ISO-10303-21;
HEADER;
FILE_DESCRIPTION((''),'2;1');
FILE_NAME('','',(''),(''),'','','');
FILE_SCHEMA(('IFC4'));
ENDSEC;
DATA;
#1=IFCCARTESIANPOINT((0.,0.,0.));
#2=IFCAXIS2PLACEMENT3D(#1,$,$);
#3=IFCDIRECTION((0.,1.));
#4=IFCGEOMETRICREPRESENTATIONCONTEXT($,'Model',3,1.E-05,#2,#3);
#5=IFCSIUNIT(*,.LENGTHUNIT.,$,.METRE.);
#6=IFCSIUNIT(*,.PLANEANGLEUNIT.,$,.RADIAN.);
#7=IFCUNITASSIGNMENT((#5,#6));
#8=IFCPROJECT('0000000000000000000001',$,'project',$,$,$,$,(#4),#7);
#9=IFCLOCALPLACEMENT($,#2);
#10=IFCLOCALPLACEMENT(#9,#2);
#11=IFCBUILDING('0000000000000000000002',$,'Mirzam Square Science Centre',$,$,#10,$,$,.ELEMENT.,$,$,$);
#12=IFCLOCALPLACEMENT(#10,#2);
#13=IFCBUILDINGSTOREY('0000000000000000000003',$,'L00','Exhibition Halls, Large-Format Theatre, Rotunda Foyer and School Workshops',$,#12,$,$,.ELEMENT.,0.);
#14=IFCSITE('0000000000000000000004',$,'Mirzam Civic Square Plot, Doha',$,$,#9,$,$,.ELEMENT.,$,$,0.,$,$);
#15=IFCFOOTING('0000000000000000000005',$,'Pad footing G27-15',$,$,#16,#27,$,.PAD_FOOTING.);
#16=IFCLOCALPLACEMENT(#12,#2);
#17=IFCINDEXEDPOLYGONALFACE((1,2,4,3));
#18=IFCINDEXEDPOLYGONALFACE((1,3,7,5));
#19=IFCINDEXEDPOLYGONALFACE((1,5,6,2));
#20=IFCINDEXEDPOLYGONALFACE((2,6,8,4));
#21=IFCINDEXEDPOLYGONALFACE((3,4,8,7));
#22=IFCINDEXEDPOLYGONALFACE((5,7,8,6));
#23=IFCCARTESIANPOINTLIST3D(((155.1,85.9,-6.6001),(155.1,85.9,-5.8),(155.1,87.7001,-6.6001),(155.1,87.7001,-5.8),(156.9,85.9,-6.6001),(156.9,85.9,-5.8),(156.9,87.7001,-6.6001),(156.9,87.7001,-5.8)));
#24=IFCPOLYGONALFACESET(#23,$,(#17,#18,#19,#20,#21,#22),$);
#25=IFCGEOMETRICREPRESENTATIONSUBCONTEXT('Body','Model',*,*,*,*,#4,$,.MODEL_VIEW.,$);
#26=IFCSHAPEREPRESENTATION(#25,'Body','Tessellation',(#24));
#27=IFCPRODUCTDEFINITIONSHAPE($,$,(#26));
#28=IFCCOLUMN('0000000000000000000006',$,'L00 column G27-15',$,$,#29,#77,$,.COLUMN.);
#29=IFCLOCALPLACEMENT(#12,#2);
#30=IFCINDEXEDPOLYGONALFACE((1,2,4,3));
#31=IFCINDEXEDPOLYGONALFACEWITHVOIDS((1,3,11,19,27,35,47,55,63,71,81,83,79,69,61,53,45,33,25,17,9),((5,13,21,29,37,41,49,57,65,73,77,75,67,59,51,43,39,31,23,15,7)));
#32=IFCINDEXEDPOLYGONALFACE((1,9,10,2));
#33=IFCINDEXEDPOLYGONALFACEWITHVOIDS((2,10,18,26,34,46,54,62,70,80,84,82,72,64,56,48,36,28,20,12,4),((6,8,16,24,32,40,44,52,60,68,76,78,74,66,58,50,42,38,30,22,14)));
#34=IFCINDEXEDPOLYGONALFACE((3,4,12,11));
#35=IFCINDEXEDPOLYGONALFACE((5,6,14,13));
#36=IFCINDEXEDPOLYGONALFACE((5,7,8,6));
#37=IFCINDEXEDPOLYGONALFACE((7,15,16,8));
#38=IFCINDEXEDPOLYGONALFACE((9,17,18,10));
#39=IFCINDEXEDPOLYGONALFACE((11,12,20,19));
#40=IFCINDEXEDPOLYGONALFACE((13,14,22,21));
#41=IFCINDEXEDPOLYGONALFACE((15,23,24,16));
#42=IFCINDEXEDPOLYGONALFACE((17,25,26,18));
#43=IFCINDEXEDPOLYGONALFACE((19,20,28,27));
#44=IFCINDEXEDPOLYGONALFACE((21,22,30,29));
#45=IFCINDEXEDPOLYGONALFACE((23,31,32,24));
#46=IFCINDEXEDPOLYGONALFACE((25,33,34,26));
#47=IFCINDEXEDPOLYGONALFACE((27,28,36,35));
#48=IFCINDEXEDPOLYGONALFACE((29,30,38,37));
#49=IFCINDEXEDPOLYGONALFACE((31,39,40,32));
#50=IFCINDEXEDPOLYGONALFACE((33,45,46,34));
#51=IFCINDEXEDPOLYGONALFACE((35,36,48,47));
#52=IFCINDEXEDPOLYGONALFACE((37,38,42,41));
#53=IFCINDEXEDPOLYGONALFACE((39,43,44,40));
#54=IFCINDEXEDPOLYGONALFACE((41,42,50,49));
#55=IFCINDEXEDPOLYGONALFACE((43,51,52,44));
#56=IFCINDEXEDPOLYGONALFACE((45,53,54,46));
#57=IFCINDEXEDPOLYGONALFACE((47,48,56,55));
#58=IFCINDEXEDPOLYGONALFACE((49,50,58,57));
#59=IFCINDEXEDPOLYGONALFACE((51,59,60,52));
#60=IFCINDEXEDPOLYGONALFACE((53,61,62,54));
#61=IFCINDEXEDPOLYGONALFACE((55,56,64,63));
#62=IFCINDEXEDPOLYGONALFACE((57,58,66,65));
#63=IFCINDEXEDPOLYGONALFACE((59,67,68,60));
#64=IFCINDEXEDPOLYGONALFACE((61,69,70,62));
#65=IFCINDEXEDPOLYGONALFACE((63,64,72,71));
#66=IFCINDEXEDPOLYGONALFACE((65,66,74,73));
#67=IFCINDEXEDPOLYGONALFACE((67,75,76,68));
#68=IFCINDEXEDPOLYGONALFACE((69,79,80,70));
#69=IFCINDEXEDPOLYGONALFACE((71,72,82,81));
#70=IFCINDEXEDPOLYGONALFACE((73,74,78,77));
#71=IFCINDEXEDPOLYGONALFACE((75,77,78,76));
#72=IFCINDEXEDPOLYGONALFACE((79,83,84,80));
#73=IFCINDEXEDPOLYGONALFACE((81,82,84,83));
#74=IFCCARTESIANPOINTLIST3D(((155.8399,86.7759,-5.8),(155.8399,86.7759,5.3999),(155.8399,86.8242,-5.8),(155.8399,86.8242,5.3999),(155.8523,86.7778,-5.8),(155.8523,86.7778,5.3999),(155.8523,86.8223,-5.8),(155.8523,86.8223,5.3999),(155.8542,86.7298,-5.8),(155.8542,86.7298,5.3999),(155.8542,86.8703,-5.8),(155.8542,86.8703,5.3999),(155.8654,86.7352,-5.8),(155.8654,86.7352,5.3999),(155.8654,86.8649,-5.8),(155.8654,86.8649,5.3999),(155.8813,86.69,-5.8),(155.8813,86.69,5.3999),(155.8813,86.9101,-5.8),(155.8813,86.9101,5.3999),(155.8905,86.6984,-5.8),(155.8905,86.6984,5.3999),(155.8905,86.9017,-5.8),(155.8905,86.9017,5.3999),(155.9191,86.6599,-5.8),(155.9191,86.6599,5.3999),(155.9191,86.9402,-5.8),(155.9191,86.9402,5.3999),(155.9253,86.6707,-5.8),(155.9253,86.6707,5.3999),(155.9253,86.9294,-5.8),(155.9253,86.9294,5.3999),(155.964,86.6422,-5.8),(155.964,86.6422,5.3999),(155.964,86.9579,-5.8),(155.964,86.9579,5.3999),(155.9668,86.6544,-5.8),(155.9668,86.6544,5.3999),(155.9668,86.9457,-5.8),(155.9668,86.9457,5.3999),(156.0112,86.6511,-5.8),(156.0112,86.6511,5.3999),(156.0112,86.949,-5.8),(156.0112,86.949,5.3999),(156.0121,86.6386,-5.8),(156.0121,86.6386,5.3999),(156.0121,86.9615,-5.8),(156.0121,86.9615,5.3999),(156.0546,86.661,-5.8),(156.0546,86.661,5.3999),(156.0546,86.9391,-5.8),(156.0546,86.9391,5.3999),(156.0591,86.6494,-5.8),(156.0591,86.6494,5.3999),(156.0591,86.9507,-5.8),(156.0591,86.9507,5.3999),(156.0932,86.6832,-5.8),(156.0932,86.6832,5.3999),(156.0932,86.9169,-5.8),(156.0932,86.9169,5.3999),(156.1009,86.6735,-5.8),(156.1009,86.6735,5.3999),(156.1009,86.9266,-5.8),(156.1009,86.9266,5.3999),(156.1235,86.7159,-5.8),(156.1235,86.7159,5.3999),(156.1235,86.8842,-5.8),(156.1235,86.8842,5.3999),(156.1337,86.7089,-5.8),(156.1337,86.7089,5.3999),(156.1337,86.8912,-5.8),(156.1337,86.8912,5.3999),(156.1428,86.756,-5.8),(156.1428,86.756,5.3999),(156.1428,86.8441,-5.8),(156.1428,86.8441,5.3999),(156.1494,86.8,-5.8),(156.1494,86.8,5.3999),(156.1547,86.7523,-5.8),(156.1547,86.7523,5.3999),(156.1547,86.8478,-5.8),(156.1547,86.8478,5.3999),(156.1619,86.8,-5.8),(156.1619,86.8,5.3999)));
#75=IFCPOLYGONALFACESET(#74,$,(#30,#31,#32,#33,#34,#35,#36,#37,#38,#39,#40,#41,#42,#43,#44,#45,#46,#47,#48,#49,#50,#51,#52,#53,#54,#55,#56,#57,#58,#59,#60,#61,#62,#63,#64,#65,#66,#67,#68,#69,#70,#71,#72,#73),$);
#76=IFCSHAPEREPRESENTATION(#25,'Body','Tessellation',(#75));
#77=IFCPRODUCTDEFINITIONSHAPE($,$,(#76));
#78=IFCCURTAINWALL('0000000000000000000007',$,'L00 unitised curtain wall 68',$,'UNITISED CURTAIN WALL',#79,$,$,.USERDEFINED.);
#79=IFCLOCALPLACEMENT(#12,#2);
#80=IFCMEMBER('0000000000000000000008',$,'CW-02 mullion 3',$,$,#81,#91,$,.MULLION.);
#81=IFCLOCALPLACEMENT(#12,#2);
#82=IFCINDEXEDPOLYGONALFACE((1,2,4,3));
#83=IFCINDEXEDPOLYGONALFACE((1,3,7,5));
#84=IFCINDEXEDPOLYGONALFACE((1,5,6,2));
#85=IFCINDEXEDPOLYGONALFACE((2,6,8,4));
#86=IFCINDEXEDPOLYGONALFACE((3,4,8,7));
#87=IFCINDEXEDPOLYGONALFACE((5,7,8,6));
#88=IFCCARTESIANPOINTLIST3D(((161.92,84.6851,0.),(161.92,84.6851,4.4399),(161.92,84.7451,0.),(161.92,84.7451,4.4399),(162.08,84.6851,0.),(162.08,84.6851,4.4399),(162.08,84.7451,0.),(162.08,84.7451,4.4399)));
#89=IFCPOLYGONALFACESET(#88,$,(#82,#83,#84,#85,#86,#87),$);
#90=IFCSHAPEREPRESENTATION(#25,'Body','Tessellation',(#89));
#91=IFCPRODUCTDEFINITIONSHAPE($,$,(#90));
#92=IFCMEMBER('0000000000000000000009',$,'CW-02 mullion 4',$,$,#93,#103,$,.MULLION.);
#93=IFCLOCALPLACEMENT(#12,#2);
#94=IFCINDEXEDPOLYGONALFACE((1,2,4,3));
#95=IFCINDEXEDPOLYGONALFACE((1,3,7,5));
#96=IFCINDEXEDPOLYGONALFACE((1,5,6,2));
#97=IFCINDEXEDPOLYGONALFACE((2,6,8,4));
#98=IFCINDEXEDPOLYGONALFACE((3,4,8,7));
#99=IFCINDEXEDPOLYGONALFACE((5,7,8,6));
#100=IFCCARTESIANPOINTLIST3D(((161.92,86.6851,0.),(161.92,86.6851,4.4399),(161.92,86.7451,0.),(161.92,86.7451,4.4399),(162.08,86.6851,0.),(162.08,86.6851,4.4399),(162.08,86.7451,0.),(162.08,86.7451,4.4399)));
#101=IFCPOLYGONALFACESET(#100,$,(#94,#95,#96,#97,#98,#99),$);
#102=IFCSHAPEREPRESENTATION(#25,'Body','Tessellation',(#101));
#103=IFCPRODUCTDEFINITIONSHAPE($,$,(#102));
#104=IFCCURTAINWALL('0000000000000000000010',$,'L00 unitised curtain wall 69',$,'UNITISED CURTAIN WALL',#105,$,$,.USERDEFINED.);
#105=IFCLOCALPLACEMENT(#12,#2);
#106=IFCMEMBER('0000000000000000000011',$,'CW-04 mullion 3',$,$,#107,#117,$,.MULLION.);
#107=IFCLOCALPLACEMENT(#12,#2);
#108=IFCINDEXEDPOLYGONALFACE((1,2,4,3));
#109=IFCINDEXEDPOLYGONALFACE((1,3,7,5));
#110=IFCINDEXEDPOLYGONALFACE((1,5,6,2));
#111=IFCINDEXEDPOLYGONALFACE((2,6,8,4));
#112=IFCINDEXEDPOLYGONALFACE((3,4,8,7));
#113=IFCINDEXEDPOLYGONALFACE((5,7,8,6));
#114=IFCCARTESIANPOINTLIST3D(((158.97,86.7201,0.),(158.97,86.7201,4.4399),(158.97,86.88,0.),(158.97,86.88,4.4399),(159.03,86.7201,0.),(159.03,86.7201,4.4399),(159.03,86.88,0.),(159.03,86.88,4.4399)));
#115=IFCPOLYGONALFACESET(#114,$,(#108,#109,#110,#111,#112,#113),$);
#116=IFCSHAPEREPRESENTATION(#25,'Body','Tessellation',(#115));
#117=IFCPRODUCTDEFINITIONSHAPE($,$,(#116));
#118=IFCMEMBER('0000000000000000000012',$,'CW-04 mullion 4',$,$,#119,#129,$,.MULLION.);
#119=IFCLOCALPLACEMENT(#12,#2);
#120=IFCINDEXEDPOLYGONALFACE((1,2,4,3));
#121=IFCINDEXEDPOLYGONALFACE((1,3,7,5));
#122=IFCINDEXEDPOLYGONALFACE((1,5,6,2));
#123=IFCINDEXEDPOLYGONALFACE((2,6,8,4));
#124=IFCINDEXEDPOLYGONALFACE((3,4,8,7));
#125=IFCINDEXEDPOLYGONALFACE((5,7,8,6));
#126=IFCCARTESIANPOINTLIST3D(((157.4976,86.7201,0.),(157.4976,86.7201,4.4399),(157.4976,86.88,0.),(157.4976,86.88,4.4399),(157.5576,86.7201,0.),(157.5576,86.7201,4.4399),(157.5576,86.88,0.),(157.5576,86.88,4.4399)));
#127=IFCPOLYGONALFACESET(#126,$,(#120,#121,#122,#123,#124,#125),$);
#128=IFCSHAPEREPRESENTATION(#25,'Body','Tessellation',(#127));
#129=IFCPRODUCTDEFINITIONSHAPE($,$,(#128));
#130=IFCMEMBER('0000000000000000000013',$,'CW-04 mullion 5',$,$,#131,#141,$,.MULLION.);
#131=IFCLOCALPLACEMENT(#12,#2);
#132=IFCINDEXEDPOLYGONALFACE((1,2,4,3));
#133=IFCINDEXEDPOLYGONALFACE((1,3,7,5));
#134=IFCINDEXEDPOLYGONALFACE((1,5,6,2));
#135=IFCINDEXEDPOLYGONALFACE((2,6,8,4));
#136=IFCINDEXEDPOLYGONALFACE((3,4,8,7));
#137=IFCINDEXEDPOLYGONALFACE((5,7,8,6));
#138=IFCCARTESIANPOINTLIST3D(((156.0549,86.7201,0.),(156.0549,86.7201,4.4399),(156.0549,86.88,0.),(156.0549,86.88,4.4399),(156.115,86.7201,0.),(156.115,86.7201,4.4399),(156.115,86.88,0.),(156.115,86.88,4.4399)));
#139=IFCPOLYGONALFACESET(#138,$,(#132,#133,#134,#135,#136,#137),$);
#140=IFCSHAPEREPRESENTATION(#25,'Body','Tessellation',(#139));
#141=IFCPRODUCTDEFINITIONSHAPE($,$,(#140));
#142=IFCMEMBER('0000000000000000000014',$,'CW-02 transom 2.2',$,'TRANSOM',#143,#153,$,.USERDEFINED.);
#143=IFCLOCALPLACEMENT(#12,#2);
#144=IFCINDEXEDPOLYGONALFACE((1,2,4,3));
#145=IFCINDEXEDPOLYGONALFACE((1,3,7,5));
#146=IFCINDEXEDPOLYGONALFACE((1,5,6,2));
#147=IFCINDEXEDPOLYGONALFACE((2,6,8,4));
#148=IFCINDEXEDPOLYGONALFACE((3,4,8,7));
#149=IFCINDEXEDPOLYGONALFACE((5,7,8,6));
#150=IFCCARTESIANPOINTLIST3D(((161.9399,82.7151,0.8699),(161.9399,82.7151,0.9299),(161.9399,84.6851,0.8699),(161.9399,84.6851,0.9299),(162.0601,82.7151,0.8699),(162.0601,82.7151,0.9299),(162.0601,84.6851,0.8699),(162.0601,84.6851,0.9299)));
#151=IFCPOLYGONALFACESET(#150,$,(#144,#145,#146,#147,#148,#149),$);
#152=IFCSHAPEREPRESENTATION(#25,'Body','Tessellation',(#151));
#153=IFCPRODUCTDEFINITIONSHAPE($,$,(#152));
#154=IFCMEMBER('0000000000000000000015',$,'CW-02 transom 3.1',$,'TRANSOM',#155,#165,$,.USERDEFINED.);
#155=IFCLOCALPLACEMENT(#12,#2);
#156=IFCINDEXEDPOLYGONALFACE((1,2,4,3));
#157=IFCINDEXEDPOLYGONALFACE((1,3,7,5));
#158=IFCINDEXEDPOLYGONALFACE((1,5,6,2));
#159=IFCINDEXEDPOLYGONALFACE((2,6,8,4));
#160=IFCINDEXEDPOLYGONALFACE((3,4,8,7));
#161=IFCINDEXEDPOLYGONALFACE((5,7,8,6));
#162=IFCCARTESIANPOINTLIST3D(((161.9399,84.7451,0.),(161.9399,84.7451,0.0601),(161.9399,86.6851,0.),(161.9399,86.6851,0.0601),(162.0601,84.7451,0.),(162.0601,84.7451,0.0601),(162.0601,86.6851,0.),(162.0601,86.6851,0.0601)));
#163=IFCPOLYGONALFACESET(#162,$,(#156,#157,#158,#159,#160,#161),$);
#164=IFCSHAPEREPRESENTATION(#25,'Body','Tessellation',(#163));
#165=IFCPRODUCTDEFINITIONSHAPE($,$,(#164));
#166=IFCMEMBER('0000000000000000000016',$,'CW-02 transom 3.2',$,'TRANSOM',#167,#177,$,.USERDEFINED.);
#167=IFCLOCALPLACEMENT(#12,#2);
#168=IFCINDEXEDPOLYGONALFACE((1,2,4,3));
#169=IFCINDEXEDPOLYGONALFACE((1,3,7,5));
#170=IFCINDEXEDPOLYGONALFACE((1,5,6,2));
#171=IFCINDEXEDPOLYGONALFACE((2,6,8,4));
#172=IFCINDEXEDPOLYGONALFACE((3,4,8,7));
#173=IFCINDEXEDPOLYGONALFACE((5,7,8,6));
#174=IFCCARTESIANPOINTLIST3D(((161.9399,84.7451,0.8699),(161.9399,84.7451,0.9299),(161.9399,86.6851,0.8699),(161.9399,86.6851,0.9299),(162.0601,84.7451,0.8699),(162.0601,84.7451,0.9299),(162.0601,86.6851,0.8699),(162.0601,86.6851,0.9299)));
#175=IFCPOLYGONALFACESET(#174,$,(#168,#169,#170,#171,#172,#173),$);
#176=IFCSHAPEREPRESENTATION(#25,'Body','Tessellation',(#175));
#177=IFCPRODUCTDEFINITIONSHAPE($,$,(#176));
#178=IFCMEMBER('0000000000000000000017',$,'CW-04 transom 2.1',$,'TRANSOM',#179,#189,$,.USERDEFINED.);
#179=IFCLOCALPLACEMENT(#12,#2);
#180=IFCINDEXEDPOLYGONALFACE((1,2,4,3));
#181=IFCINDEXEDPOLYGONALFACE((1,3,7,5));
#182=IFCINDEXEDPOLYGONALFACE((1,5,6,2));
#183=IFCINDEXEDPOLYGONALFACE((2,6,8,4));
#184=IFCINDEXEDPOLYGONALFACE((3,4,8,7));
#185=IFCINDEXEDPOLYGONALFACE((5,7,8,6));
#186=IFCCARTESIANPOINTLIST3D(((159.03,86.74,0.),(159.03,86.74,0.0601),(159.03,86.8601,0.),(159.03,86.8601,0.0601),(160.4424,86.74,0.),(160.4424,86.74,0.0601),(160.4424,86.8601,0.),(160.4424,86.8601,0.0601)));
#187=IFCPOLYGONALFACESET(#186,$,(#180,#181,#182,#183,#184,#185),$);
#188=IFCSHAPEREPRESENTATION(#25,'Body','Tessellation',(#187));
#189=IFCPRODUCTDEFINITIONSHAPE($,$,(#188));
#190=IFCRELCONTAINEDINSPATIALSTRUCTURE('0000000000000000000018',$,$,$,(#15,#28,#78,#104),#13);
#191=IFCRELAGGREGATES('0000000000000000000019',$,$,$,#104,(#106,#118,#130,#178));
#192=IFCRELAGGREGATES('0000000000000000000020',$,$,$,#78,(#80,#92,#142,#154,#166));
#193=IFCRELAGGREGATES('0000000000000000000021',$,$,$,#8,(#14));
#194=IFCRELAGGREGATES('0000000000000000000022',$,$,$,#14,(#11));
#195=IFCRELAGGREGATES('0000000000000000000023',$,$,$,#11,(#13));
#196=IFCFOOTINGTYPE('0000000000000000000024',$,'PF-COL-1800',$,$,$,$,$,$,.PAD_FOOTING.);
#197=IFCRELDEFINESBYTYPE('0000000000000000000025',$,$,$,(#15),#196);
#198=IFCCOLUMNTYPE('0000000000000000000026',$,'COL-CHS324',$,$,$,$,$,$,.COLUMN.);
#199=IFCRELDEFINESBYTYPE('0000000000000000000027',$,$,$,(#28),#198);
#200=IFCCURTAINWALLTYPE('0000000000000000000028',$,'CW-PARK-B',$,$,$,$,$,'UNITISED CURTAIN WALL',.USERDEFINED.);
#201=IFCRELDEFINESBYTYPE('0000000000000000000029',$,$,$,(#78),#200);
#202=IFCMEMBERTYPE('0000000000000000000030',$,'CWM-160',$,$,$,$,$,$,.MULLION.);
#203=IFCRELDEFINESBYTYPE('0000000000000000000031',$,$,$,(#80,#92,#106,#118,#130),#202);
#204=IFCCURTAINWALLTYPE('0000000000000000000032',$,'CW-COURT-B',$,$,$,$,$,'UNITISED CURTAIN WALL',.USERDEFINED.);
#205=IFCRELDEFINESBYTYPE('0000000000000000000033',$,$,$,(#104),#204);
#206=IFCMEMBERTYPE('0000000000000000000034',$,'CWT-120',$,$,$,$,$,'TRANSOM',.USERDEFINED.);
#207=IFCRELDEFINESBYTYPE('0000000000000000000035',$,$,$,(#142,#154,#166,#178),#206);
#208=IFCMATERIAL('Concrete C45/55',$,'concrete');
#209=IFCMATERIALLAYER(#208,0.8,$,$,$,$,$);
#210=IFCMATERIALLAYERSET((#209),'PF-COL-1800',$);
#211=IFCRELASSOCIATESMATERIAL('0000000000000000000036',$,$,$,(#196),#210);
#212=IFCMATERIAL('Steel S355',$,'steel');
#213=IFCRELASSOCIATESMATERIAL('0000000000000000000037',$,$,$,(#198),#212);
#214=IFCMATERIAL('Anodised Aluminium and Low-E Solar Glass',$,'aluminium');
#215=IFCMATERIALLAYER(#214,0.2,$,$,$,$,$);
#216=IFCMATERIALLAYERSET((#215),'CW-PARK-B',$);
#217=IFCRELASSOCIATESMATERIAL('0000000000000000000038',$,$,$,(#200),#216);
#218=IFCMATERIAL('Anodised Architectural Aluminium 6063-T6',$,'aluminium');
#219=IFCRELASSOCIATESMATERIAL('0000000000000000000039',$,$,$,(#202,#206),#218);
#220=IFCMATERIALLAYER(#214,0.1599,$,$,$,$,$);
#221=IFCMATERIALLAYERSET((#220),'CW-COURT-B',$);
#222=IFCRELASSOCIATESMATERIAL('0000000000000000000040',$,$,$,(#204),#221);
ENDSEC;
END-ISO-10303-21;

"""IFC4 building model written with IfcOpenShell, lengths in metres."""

from ifc_helpers import new_model, si_unit, direction, frame, origin, origin_2d, place, context, subcontext, project, spatial, rectangle, hollow_circle, extrude, material, layer, layer_set, material_profile, profile_set, type_object, element, aggregate, save


model = new_model("IFC4")

# Units and contexts
model_context = context("Model", 3, precision=1e-05, world=origin(), true_north=direction((0.0, 1.0)))
body_context = subcontext(model_context, "Body", "Model", "MODEL_VIEW")
ifc_project = project(units=[si_unit("LENGTHUNIT", "METRE"), si_unit("PLANEANGLEUNIT", "RADIAN")], contexts=[model_context])

# Site, building, storey
site_placement = place(None, origin())
site = spatial("IfcSite", under=ifc_project, at=site_placement, Name="Mirzam Civic Square Plot, Doha", CompositionType="ELEMENT", RefElevation=0.0)
building_placement = place(site_placement, origin())
building = spatial("IfcBuilding", under=site, at=building_placement, Name="Mirzam Square Science Centre", CompositionType="ELEMENT")
storey_placement = place(building_placement, origin())
storey = spatial("IfcBuildingStorey", under=building, at=storey_placement, Name="L00", Description="Exhibition Halls, Large-Format Theatre, Rotunda Foyer and School Workshops", CompositionType="ELEMENT", Elevation=0.0)

# Footing
ifc_material_1 = material(Name="Concrete C45/55", Category="concrete")
ifc_layer_1 = layer(ifc_material_1, 0.8)
ifc_layer_set_1 = layer_set([ifc_layer_1], Name="PF-COL-1800")
footing_type = type_object("IfcFootingType", Name="PF-COL-1800", PredefinedType="PAD_FOOTING", material=ifc_layer_set_1)
footing_placement = place(storey_placement, frame((156.0, 86.8, -6.6001), z_axis=(0.0, 0.0, 1.0), x_axis=(1.0, 0.0, 0.0)))
element("IfcFooting", 1, at=footing_placement, inside=storey, type_object=footing_type, Name="Pad footing G27-15", PredefinedType="PAD_FOOTING", context=body_context, shape_type="SweptSolid", body=[
    extrude(rectangle(XDim=1.8, YDim=1.8, at=origin_2d()), origin(), (0.0, 0.0, 1.0), 0.8),
])

# Column
ifc_material_2 = material(Name="Steel S355", Category="steel")
ifc_material_profile_1 = material_profile(ifc_material_2, hollow_circle(Radius=0.1619, WallThickness=0.0125, at=origin_2d()), Name="323.9x12.5CHS")
ifc_profile_set_1 = profile_set([ifc_material_profile_1], Name="Steel S355")
column_type = type_object("IfcColumnType", Name="COL-CHS324", PredefinedType="COLUMN", material=ifc_profile_set_1)
column_placement = place(storey_placement, frame((156.0, 86.8, -5.8), z_axis=(0.0, 0.0, 1.0), x_axis=(1.0, 0.0, 0.0)))
element("IfcColumn", 2, at=column_placement, inside=storey, type_object=column_type, Name="L00 column G27-15", PredefinedType="COLUMN", context=body_context, shape_type="SweptSolid", body=[
    extrude(hollow_circle(Radius=0.1619, WallThickness=0.0125, at=origin_2d()), origin(), (0.0, 0.0, 1.0), 11.2),
])

# Curtain walls, members
ifc_material_3 = material(Name="Anodised Aluminium and Low-E Solar Glass", Category="aluminium")
ifc_layer_2 = layer(ifc_material_3, 0.2)
ifc_layer_set_2 = layer_set([ifc_layer_2], Name="CW-PARK-B")
curtain_wall_type_1 = type_object("IfcCurtainWallType", Name="CW-PARK-B", ElementType="UNITISED CURTAIN WALL", PredefinedType="USERDEFINED", material=ifc_layer_set_2)
curtain_wall_1_placement = place(storey_placement, origin())
curtain_wall_1 = element("IfcCurtainWall", 3, at=curtain_wall_1_placement, inside=storey, type_object=curtain_wall_type_1, Name="L00 unitised curtain wall 68", ObjectType="UNITISED CURTAIN WALL", PredefinedType="USERDEFINED")
ifc_material_4 = material(Name="Anodised Architectural Aluminium 6063-T6", Category="aluminium")
ifc_material_profile_2 = material_profile(ifc_material_4, rectangle(XDim=0.0601, YDim=0.1599, at=origin_2d()), Name="ALU-MULL-160x60x4")
ifc_profile_set_2 = profile_set([ifc_material_profile_2], Name="Anodised Architectural Aluminium 6063-T6")
member_type_1 = type_object("IfcMemberType", Name="CWM-160", PredefinedType="MULLION", material=ifc_profile_set_2)
member_1_placement = place(storey_placement, frame((162.0, 84.7151, 0.0), z_axis=(0.0, 0.0, 1.0), x_axis=(0.0, 1.0, 0.0)))
member_1 = element("IfcMember", 4, at=member_1_placement, type_object=member_type_1, Name="CW-02 mullion 3", PredefinedType="MULLION", context=body_context, shape_type="SweptSolid", body=[
    extrude(rectangle(XDim=0.0601, YDim=0.1599, at=origin_2d()), origin(), (0.0, 0.0, 1.0), 4.4399),
])
member_2_placement = place(storey_placement, frame((162.0, 86.7151, 0.0), z_axis=(0.0, 0.0, 1.0), x_axis=(0.0, 1.0, 0.0)))
member_2 = element("IfcMember", 5, at=member_2_placement, type_object=member_type_1, Name="CW-02 mullion 4", PredefinedType="MULLION", context=body_context, shape_type="SweptSolid", body=[
    extrude(rectangle(XDim=0.0601, YDim=0.1599, at=origin_2d()), origin(), (0.0, 0.0, 1.0), 4.4399),
])
ifc_layer_3 = layer(ifc_material_3, 0.1599)
ifc_layer_set_3 = layer_set([ifc_layer_3], Name="CW-COURT-B")
curtain_wall_type_2 = type_object("IfcCurtainWallType", Name="CW-COURT-B", ElementType="UNITISED CURTAIN WALL", PredefinedType="USERDEFINED", material=ifc_layer_set_3)
curtain_wall_2_placement = place(storey_placement, origin())
curtain_wall_2 = element("IfcCurtainWall", 6, at=curtain_wall_2_placement, inside=storey, type_object=curtain_wall_type_2, Name="L00 unitised curtain wall 69", ObjectType="UNITISED CURTAIN WALL", PredefinedType="USERDEFINED")
member_3_placement = place(storey_placement, frame((159.0, 86.8, 0.0), z_axis=(0.0, 0.0, 1.0), x_axis=(-1.0, 0.0, 0.0)))
member_3 = element("IfcMember", 7, at=member_3_placement, type_object=member_type_1, Name="CW-04 mullion 3", PredefinedType="MULLION", context=body_context, shape_type="SweptSolid", body=[
    extrude(rectangle(XDim=0.0601, YDim=0.1599, at=origin_2d()), origin(), (0.0, 0.0, 1.0), 4.4399),
])
member_4_placement = place(storey_placement, frame((157.5276, 86.8, 0.0), z_axis=(0.0, 0.0, 1.0), x_axis=(-1.0, 0.0, 0.0)))
member_4 = element("IfcMember", 8, at=member_4_placement, type_object=member_type_1, Name="CW-04 mullion 4", PredefinedType="MULLION", context=body_context, shape_type="SweptSolid", body=[
    extrude(rectangle(XDim=0.0601, YDim=0.1599, at=origin_2d()), origin(), (0.0, 0.0, 1.0), 4.4399),
])
member_5_placement = place(storey_placement, frame((156.085, 86.8, 0.0), z_axis=(0.0, 0.0, 1.0), x_axis=(-1.0, 0.0, 0.0)))
member_5 = element("IfcMember", 9, at=member_5_placement, type_object=member_type_1, Name="CW-04 mullion 5", PredefinedType="MULLION", context=body_context, shape_type="SweptSolid", body=[
    extrude(rectangle(XDim=0.0601, YDim=0.1599, at=origin_2d()), origin(), (0.0, 0.0, 1.0), 4.4399),
])

# Members
ifc_material_profile_3 = material_profile(ifc_material_4, rectangle(XDim=0.1201, YDim=0.0601, at=origin_2d()), Name="ALU-TRAN-120x60x4")
ifc_profile_set_3 = profile_set([ifc_material_profile_3], Name="Anodised Architectural Aluminium 6063-T6")
member_type_2 = type_object("IfcMemberType", Name="CWT-120", ElementType="TRANSOM", PredefinedType="USERDEFINED", material=ifc_profile_set_3)
member_6_placement = place(storey_placement, frame((162.0, 82.7151, 0.8999), z_axis=(0.0, 1.0, 0.0), x_axis=(-1.0, 0.0, 0.0)))
member_6 = element("IfcMember", 10, at=member_6_placement, type_object=member_type_2, Name="CW-02 transom 2.2", ObjectType="TRANSOM", PredefinedType="USERDEFINED", context=body_context, shape_type="SweptSolid", body=[
    extrude(rectangle(XDim=0.1201, YDim=0.0601, at=origin_2d()), origin(), (0.0, 0.0, 1.0), 1.97),
])
member_7_placement = place(storey_placement, frame((162.0, 84.7451, 0.03), z_axis=(0.0, 1.0, 0.0), x_axis=(-1.0, 0.0, 0.0)))
member_7 = element("IfcMember", 11, at=member_7_placement, type_object=member_type_2, Name="CW-02 transom 3.1", ObjectType="TRANSOM", PredefinedType="USERDEFINED", context=body_context, shape_type="SweptSolid", body=[
    extrude(rectangle(XDim=0.1201, YDim=0.0601, at=origin_2d()), origin(), (0.0, 0.0, 1.0), 1.9399),
])
member_8_placement = place(storey_placement, frame((162.0, 84.7451, 0.8999), z_axis=(0.0, 1.0, 0.0), x_axis=(-1.0, 0.0, 0.0)))
member_8 = element("IfcMember", 12, at=member_8_placement, type_object=member_type_2, Name="CW-02 transom 3.2", ObjectType="TRANSOM", PredefinedType="USERDEFINED", context=body_context, shape_type="SweptSolid", body=[
    extrude(rectangle(XDim=0.1201, YDim=0.0601, at=origin_2d()), origin(), (0.0, 0.0, 1.0), 1.9399),
])
member_9_placement = place(storey_placement, frame((160.4424, 86.8, 0.03), z_axis=(-1.0, 0.0, 0.0), x_axis=(0.0, -1.0, 0.0)))
member_9 = element("IfcMember", 13, at=member_9_placement, type_object=member_type_2, Name="CW-04 transom 2.1", ObjectType="TRANSOM", PredefinedType="USERDEFINED", context=body_context, shape_type="SweptSolid", body=[
    extrude(rectangle(XDim=0.1201, YDim=0.0601, at=origin_2d()), origin(), (0.0, 0.0, 1.0), 1.4124),
])

aggregate(curtain_wall_2, [member_3, member_4, member_5, member_9])
aggregate(curtain_wall_1, [member_1, member_2, member_6, member_7, member_8])

save(model, "model.ifc")
